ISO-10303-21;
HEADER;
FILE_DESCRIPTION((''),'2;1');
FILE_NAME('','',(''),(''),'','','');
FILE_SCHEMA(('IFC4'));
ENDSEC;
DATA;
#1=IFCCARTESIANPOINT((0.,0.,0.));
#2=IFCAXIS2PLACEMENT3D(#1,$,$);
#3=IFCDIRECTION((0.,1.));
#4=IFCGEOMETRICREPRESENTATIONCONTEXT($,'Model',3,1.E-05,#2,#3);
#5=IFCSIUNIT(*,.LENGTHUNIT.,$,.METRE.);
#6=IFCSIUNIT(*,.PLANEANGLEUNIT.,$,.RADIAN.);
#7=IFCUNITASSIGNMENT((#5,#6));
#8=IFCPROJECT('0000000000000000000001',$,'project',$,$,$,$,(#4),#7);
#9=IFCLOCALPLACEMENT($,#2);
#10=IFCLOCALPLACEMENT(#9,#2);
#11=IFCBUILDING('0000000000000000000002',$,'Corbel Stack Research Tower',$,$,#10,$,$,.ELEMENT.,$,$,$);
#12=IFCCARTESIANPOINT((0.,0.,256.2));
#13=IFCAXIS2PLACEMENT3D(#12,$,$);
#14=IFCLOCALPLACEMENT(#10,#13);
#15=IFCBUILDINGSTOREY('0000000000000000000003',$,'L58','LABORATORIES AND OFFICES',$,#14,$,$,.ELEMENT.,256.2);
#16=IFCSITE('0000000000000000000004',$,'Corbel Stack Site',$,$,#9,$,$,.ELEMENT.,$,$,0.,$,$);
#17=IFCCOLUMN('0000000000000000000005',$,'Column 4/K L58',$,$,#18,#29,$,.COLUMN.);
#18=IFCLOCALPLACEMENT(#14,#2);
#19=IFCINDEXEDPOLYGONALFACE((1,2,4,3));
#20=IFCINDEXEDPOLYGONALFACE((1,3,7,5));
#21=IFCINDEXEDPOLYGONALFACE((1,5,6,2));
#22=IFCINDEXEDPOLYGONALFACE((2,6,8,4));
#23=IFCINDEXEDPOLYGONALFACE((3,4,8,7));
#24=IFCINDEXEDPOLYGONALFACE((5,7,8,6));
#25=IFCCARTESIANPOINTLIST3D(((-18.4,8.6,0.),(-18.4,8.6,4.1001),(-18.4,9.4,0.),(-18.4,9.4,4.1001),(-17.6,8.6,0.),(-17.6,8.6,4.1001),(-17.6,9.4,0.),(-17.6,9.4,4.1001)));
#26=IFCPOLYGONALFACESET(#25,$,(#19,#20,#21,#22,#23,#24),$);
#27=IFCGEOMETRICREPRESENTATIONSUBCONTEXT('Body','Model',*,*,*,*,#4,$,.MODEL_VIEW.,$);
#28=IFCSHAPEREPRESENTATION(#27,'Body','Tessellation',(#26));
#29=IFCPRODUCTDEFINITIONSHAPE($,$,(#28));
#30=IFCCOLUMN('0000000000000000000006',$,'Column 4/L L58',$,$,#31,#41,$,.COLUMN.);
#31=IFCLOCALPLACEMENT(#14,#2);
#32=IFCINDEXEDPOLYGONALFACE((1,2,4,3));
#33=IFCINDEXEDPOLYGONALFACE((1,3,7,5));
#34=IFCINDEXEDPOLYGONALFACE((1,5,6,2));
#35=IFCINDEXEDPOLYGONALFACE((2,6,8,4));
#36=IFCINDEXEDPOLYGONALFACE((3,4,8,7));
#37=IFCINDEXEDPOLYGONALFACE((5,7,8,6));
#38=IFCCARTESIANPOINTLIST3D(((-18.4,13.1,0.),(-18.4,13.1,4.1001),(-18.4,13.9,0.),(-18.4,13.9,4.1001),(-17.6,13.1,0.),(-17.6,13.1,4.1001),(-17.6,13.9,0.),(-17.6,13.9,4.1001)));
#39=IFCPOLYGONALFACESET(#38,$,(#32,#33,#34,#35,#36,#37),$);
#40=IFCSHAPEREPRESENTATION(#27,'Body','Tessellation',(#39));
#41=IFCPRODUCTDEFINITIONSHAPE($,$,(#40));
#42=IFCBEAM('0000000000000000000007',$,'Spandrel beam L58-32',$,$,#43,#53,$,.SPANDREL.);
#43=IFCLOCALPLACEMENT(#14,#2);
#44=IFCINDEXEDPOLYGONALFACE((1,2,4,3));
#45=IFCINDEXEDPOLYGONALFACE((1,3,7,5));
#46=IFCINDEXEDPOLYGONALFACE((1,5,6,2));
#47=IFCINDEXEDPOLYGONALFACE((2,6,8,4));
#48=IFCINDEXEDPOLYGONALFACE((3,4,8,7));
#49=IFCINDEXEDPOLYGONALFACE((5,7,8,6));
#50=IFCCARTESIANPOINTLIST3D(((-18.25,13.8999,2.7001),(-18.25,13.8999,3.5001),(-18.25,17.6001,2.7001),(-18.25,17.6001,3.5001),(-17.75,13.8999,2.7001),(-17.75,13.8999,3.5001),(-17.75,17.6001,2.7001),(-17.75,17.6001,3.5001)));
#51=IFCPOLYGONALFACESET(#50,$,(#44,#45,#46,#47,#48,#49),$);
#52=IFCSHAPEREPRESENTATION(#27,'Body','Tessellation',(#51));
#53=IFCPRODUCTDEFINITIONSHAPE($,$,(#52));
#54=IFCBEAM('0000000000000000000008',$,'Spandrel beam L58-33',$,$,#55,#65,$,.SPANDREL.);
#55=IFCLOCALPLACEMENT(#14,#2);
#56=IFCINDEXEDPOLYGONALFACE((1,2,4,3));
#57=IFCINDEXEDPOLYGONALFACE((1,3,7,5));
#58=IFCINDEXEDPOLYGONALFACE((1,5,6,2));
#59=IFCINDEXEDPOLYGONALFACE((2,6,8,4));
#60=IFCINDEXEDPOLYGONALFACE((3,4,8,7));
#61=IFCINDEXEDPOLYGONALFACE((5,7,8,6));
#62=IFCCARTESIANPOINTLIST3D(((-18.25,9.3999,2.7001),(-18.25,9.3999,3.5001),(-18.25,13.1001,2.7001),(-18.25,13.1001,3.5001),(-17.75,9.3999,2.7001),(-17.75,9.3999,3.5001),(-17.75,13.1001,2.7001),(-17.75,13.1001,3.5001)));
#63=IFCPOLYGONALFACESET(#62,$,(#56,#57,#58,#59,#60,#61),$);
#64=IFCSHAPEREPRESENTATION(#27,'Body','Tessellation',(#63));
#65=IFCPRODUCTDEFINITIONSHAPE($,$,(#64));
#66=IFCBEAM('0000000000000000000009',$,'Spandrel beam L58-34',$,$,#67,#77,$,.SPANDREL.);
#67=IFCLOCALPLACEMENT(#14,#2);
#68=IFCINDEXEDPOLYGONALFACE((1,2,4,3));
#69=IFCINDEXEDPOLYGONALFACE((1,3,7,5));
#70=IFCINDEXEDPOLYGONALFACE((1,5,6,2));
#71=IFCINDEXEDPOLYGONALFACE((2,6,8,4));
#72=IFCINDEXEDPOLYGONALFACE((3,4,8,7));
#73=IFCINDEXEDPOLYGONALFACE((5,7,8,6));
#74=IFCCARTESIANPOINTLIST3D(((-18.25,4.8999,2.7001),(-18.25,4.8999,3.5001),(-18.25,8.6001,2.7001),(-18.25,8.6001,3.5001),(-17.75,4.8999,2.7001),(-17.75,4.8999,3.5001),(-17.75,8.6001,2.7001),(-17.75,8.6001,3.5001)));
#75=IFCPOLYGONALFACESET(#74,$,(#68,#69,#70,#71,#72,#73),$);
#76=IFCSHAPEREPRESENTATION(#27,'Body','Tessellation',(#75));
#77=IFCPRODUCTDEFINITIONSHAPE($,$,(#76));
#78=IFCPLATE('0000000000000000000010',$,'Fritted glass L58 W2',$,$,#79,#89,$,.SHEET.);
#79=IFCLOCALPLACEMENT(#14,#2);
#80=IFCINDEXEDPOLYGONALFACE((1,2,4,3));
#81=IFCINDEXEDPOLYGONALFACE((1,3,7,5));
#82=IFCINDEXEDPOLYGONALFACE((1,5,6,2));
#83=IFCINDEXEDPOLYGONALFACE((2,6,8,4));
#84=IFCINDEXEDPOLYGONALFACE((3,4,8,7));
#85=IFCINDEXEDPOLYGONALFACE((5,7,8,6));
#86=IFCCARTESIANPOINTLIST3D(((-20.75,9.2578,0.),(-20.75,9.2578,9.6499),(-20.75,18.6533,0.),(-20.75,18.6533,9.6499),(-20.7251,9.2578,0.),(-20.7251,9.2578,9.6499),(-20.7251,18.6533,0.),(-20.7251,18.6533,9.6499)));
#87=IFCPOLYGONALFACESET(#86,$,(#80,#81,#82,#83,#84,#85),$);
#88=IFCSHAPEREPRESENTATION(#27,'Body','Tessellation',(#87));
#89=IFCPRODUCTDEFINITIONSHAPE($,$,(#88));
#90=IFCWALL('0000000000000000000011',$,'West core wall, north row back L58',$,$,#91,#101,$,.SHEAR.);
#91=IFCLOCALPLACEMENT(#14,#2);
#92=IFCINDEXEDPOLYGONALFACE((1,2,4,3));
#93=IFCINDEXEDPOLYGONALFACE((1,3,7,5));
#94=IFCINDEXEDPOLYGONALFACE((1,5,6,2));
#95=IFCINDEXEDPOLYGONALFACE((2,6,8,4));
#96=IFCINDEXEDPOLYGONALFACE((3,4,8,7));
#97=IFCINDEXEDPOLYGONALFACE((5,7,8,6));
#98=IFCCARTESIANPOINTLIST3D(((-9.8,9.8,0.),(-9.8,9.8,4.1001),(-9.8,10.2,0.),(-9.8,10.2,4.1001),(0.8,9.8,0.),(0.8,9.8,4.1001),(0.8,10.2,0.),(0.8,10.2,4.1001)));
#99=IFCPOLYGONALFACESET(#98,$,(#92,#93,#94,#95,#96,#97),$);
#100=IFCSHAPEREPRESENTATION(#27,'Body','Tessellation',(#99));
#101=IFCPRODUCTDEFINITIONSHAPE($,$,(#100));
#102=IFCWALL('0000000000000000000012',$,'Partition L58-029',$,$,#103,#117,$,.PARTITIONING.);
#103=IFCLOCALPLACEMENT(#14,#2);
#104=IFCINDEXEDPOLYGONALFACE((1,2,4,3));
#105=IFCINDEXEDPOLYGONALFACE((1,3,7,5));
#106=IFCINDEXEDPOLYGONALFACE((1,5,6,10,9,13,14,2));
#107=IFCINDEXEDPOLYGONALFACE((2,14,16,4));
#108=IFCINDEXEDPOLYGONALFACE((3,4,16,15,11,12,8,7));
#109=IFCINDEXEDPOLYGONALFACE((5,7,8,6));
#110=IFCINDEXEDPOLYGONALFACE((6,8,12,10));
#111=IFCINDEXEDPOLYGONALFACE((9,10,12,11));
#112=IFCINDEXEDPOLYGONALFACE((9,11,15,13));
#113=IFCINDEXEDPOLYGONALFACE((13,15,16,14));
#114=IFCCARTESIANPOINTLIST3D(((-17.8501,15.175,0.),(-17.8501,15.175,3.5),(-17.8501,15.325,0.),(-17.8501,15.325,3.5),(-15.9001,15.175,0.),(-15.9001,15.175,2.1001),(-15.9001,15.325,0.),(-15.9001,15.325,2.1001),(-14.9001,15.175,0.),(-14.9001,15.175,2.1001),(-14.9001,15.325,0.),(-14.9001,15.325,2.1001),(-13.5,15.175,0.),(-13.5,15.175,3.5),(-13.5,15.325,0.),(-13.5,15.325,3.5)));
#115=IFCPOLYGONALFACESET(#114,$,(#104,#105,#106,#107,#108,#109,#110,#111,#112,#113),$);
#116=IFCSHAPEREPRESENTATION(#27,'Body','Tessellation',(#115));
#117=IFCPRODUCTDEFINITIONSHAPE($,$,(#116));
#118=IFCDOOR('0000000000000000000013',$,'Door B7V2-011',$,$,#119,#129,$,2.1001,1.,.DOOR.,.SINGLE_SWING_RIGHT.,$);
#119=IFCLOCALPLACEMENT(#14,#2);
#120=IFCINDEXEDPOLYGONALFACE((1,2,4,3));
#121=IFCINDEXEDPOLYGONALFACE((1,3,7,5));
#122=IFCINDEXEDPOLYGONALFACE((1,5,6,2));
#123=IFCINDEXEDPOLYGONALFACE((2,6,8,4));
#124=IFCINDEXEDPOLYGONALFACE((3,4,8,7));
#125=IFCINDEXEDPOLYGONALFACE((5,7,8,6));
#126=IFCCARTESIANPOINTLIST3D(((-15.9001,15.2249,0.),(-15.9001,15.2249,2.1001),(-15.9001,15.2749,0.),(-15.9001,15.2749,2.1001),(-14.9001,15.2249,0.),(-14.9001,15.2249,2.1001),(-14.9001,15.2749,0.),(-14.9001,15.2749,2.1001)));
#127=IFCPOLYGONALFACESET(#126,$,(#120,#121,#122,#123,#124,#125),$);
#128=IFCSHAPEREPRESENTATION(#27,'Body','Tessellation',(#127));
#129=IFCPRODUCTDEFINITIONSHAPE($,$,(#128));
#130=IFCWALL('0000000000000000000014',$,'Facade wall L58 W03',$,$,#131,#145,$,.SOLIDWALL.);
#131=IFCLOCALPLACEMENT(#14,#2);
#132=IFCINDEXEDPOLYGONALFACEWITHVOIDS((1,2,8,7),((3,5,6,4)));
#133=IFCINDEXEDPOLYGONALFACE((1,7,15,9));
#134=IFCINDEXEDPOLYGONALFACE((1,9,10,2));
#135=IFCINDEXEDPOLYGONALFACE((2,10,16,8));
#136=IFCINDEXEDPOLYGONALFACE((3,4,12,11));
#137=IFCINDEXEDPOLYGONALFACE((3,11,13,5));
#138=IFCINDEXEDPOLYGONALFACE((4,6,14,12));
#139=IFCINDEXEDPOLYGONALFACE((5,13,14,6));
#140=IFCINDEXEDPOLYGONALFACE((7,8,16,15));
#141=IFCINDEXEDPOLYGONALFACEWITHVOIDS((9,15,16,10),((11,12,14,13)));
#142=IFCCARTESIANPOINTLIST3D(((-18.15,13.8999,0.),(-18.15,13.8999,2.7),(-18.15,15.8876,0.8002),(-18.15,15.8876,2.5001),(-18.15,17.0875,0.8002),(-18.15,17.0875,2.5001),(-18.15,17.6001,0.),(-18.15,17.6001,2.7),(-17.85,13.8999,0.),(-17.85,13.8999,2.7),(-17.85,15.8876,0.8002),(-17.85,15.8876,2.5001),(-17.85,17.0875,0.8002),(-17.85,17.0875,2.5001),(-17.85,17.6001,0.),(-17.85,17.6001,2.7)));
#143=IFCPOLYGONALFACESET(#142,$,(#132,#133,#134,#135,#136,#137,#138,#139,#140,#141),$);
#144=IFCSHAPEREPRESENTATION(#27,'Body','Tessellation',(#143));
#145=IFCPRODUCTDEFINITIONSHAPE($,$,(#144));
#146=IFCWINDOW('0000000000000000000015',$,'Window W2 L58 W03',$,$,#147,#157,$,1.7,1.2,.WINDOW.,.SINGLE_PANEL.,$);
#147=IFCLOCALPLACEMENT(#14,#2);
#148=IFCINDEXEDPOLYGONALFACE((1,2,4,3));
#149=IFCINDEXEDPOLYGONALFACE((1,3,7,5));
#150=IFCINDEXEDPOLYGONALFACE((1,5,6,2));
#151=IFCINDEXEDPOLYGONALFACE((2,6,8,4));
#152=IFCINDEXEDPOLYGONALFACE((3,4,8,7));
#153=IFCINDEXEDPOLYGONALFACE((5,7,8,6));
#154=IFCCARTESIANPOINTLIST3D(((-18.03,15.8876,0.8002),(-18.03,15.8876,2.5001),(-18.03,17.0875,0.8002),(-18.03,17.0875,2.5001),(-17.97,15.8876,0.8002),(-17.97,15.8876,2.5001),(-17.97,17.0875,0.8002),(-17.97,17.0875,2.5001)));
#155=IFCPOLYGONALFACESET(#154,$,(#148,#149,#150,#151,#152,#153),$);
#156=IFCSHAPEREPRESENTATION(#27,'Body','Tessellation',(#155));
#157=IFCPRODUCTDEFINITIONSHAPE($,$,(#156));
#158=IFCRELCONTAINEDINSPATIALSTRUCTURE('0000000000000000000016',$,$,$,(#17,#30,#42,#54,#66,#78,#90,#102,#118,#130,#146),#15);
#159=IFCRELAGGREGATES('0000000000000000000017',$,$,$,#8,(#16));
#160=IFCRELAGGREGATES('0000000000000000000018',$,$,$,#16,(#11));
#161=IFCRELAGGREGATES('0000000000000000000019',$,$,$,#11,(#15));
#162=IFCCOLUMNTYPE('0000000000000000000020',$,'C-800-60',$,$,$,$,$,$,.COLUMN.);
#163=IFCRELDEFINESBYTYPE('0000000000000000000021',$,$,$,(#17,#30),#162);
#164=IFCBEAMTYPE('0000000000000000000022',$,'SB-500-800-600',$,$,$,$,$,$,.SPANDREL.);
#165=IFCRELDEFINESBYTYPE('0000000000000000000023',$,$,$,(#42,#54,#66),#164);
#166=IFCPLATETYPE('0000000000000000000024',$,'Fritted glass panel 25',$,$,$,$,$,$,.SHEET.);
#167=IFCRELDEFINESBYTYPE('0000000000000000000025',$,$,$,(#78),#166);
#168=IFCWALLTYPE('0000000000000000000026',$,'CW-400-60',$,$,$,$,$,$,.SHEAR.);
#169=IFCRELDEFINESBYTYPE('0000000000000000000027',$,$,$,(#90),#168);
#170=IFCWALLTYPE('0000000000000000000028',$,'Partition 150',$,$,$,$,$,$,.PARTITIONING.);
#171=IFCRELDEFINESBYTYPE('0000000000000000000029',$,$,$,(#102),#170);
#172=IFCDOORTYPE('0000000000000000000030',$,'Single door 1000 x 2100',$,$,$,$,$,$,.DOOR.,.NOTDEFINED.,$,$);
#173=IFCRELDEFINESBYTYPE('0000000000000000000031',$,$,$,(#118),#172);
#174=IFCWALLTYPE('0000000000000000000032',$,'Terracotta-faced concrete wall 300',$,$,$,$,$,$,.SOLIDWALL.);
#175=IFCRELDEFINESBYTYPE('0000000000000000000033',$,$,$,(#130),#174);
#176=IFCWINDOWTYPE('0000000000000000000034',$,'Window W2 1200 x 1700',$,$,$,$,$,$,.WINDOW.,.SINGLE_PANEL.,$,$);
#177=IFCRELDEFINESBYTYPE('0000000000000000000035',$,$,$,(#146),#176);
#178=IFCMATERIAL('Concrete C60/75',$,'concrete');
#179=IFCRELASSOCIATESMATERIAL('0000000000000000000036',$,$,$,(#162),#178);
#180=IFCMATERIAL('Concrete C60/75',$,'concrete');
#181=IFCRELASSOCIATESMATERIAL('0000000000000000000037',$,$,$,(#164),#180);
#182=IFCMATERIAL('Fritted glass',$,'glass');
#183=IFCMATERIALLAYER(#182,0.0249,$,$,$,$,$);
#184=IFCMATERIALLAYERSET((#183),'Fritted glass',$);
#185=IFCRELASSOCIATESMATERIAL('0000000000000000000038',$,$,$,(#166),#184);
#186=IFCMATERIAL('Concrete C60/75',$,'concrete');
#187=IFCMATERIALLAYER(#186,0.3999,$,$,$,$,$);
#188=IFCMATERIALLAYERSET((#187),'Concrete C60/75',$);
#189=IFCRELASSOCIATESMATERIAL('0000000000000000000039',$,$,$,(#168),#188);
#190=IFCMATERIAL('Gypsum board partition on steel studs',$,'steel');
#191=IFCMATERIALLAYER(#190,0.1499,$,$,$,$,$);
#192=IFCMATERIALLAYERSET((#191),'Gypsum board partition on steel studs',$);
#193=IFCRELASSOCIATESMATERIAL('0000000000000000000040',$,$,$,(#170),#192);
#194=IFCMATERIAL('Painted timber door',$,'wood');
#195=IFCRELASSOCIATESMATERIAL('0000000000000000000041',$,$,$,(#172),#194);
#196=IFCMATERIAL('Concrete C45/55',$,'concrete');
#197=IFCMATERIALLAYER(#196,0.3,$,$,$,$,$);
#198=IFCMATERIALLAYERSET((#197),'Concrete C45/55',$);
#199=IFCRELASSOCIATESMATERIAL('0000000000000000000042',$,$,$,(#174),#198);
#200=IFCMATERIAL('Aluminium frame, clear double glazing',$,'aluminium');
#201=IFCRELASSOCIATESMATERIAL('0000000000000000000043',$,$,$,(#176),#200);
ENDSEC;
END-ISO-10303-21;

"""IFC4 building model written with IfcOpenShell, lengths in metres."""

from ifc_helpers import new_model, si_unit, direction, frame, frame_2d, origin, origin_2d, place, context, subcontext, project, spatial, rectangle, extrude, material, layer, layer_set, material_profile, profile_set, type_object, element, fill, save


model = new_model("IFC4")

# Units and contexts
model_context = context("Model", 3, precision=1e-05, world=origin(), true_north=direction((0.0, 1.0)))
body_context = subcontext(model_context, "Body", "Model", "MODEL_VIEW")
ifc_project = project(units=[si_unit("LENGTHUNIT", "METRE"), si_unit("PLANEANGLEUNIT", "RADIAN")], contexts=[model_context])

# Site, building, storey
site_placement = place(None, origin())
site = spatial("IfcSite", under=ifc_project, at=site_placement, Name="Corbel Stack Site", CompositionType="ELEMENT", RefElevation=0.0)
building_placement = place(site_placement, origin())
building = spatial("IfcBuilding", under=site, at=building_placement, Name="Corbel Stack Research Tower", CompositionType="ELEMENT")
storey_placement = place(building_placement, frame((0.0, 0.0, 256.2)))
storey = spatial("IfcBuildingStorey", under=building, at=storey_placement, Name="L58", Description="LABORATORIES AND OFFICES", CompositionType="ELEMENT", Elevation=256.2)

# Columns
ifc_material_1 = material(Name="Concrete C60/75", Category="concrete")
ifc_material_profile_1 = material_profile(ifc_material_1, rectangle(XDim=0.8, YDim=0.8, at=origin_2d()), Name="RC 800 x 800")
ifc_profile_set_1 = profile_set([ifc_material_profile_1], Name="Concrete C60/75")
column_type = type_object("IfcColumnType", Name="C-800-60", PredefinedType="COLUMN", material=ifc_profile_set_1)
for number, where, z_axis, x_axis, name in (
    (1, (-18.0, 9.0, 0.0), (0.0, 0.0, 1.0), (1.0, 0.0, 0.0), "Column 4/K L58"),
    (2, (-18.0, 13.5, 0.0), (0.0, 0.0, 1.0), (1.0, 0.0, 0.0), "Column 4/L L58"),
):
    element("IfcColumn", number, at=place(storey_placement, frame(where, z_axis=z_axis, x_axis=x_axis)), inside=storey, type_object=column_type, Name=name, PredefinedType="COLUMN", context=body_context, shape_type="SweptSolid", body=[
        extrude(rectangle(XDim=0.8, YDim=0.8, at=origin_2d()), origin(), (0.0, 0.0, 1.0), 4.1001),
    ])

# Beams
ifc_material_2 = material(Name="Concrete C60/75", Category="concrete")
ifc_material_profile_2 = material_profile(ifc_material_2, rectangle(XDim=0.5, YDim=0.8, at=origin_2d()), Name="RC 500 x 800")
ifc_profile_set_2 = profile_set([ifc_material_profile_2], Name="Concrete C60/75")
beam_type = type_object("IfcBeamType", Name="SB-500-800-600", PredefinedType="SPANDREL", material=ifc_profile_set_2)
for number, where, z_axis, x_axis, name in (
    (3, (-18.0, 17.6001, 3.1001), (0.0, -1.0, 0.0), (1.0, 0.0, 0.0), "Spandrel beam L58-32"),
    (4, (-18.0, 13.1001, 3.1001), (0.0, -1.0, 0.0), (1.0, 0.0, 0.0), "Spandrel beam L58-33"),
    (5, (-18.0, 8.6001, 3.1001), (0.0, -1.0, 0.0), (1.0, 0.0, 0.0), "Spandrel beam L58-34"),
):
    element("IfcBeam", number, at=place(storey_placement, frame(where, z_axis=z_axis, x_axis=x_axis)), inside=storey, type_object=beam_type, Name=name, PredefinedType="SPANDREL", context=body_context, shape_type="SweptSolid", body=[
        extrude(rectangle(XDim=0.5, YDim=0.8, at=origin_2d()), origin(), (0.0, 0.0, 1.0), 3.7002),
    ])

# Plate
ifc_material_3 = material(Name="Fritted glass", Category="glass")
ifc_layer_1 = layer(ifc_material_3, 0.0249)
ifc_layer_set_1 = layer_set([ifc_layer_1], Name="Fritted glass")
plate_type = type_object("IfcPlateType", Name="Fritted glass panel 25", PredefinedType="SHEET", material=ifc_layer_set_1)
plate_placement = place(storey_placement, frame((-20.7375, 13.9556, 0.0), z_axis=(0.0, 0.0, 1.0), x_axis=(0.0, -1.0, 0.0)))
element("IfcPlate", 6, at=plate_placement, inside=storey, type_object=plate_type, Name="Fritted glass L58 W2", PredefinedType="SHEET", context=body_context, shape_type="SweptSolid", body=[
    extrude(rectangle(XDim=9.3955, YDim=0.0249, at=origin_2d()), origin(), (0.0, 0.0, 1.0), 9.6499),
])

# Wall
ifc_material_4 = material(Name="Concrete C60/75", Category="concrete")
ifc_layer_2 = layer(ifc_material_4, 0.3999)
ifc_layer_set_2 = layer_set([ifc_layer_2], Name="Concrete C60/75")
wall_type_1 = type_object("IfcWallType", Name="CW-400-60", PredefinedType="SHEAR", material=ifc_layer_set_2)
wall_1_placement = place(storey_placement, frame((-9.8, 10.0, 0.0), z_axis=(0.0, 0.0, 1.0), x_axis=(1.0, 0.0, 0.0)))
element("IfcWall", 7, at=wall_1_placement, inside=storey, type_object=wall_type_1, Name="West core wall, north row back L58", PredefinedType="SHEAR", context=body_context, shape_type="SweptSolid", body=[
    extrude(rectangle(XDim=10.6001, YDim=0.3999, at=frame_2d((5.3, 0.0))), origin(), (0.0, 0.0, 1.0), 4.1001),
])

# Wall, opening, door
ifc_material_5 = material(Name="Gypsum board partition on steel studs", Category="steel")
ifc_layer_3 = layer(ifc_material_5, 0.1499)
ifc_layer_set_3 = layer_set([ifc_layer_3], Name="Gypsum board partition on steel studs")
wall_type_2 = type_object("IfcWallType", Name="Partition 150", PredefinedType="PARTITIONING", material=ifc_layer_set_3)
wall_2_placement = place(storey_placement, frame((-17.8501, 15.25, 0.0), z_axis=(0.0, 0.0, 1.0), x_axis=(1.0, 0.0, 0.0)))
wall_2 = element("IfcWall", 8, at=wall_2_placement, inside=storey, type_object=wall_type_2, Name="Partition L58-029", PredefinedType="PARTITIONING", context=body_context, shape_type="SweptSolid", body=[
    extrude(rectangle(XDim=4.3501, YDim=0.1499, at=frame_2d((2.175, 0.0))), origin(), (0.0, 0.0, 1.0), 3.5),
])
opening_1_placement = place(wall_2_placement, frame((1.95, 0.0, 0.0)))
opening_1 = element("IfcOpeningElement", 9, at=opening_1_placement, cuts=wall_2, PredefinedType="OPENING", context=body_context, shape_type="SweptSolid", body=[
    extrude(rectangle(XDim=1.0, YDim=2.1001, at=frame_2d((0.5, 1.05))), frame((0.0, 0.085, 0.0), z_axis=(0.0, -1.0, 0.0), x_axis=(1.0, 0.0, 0.0)), (0.0, 0.0, 1.0), 0.1699),
])
ifc_material_6 = material(Name="Painted timber door", Category="wood")
door_type = type_object("IfcDoorType", Name="Single door 1000 x 2100", OperationType="NOTDEFINED", PredefinedType="DOOR", material=ifc_material_6)
door_placement = place(opening_1_placement, origin())
door = element("IfcDoor", 10, at=door_placement, inside=storey, type_object=door_type, Name="Door B7V2-011", OperationType="SINGLE_SWING_RIGHT", OverallHeight=2.1001, OverallWidth=1.0, PredefinedType="DOOR", context=body_context, shape_type="SweptSolid", body=[
    extrude(rectangle(XDim=1.0, YDim=2.1001, at=frame_2d((0.5, 1.05))), frame((0.0, 0.0249, 0.0), z_axis=(0.0, -1.0, 0.0), x_axis=(1.0, 0.0, 0.0)), (0.0, 0.0, 1.0), 0.05),
])
fill(opening_1, door)

# Wall, opening, window
ifc_material_7 = material(Name="Concrete C45/55", Category="concrete")
ifc_layer_4 = layer(ifc_material_7, 0.3)
ifc_layer_set_4 = layer_set([ifc_layer_4], Name="Concrete C45/55")
wall_type_3 = type_object("IfcWallType", Name="Terracotta-faced concrete wall 300", PredefinedType="SOLIDWALL", material=ifc_layer_set_4)
wall_3_placement = place(storey_placement, frame((-18.0, 13.8999, 0.0), z_axis=(0.0, 0.0, 1.0), x_axis=(0.0, 1.0, 0.0)))
wall_3 = element("IfcWall", 11, at=wall_3_placement, inside=storey, type_object=wall_type_3, Name="Facade wall L58 W03", PredefinedType="SOLIDWALL", context=body_context, shape_type="SweptSolid", body=[
    extrude(rectangle(XDim=3.7002, YDim=0.3, at=frame_2d((1.8501, 0.0))), origin(), (0.0, 0.0, 1.0), 2.7),
])
opening_2_placement = place(wall_3_placement, frame((1.9875, 0.0, 0.8)))
opening_2 = element("IfcOpeningElement", 12, at=opening_2_placement, cuts=wall_3, PredefinedType="OPENING", context=body_context, shape_type="SweptSolid", body=[
    extrude(rectangle(XDim=1.2, YDim=1.7, at=frame_2d((0.6001, 0.8501))), frame((0.0, 0.1599, 0.0), z_axis=(0.0, -1.0, 0.0), x_axis=(1.0, 0.0, 0.0)), (0.0, 0.0, 1.0), 0.3201),
])
ifc_material_8 = material(Name="Aluminium frame, clear double glazing", Category="aluminium")
window_type_1 = type_object("IfcWindowType", Name="Window W2 1200 x 1700", PartitioningType="SINGLE_PANEL", PredefinedType="WINDOW", material=ifc_material_8)
window_1_placement = place(opening_2_placement, origin())
window_1 = element("IfcWindow", 13, at=window_1_placement, inside=storey, type_object=window_type_1, Name="Window W2 L58 W03", OverallHeight=1.7, OverallWidth=1.2, PartitioningType="SINGLE_PANEL", PredefinedType="WINDOW", context=body_context, shape_type="SweptSolid", body=[
    extrude(rectangle(XDim=1.2, YDim=1.7, at=frame_2d((0.6001, 0.8501))), frame((0.0, 0.03, 0.0), z_axis=(0.0, -1.0, 0.0), x_axis=(1.0, 0.0, 0.0)), (0.0, 0.0, 1.0), 0.0601),
])
fill(opening_2, window_1)

save(model, "model.ifc")
